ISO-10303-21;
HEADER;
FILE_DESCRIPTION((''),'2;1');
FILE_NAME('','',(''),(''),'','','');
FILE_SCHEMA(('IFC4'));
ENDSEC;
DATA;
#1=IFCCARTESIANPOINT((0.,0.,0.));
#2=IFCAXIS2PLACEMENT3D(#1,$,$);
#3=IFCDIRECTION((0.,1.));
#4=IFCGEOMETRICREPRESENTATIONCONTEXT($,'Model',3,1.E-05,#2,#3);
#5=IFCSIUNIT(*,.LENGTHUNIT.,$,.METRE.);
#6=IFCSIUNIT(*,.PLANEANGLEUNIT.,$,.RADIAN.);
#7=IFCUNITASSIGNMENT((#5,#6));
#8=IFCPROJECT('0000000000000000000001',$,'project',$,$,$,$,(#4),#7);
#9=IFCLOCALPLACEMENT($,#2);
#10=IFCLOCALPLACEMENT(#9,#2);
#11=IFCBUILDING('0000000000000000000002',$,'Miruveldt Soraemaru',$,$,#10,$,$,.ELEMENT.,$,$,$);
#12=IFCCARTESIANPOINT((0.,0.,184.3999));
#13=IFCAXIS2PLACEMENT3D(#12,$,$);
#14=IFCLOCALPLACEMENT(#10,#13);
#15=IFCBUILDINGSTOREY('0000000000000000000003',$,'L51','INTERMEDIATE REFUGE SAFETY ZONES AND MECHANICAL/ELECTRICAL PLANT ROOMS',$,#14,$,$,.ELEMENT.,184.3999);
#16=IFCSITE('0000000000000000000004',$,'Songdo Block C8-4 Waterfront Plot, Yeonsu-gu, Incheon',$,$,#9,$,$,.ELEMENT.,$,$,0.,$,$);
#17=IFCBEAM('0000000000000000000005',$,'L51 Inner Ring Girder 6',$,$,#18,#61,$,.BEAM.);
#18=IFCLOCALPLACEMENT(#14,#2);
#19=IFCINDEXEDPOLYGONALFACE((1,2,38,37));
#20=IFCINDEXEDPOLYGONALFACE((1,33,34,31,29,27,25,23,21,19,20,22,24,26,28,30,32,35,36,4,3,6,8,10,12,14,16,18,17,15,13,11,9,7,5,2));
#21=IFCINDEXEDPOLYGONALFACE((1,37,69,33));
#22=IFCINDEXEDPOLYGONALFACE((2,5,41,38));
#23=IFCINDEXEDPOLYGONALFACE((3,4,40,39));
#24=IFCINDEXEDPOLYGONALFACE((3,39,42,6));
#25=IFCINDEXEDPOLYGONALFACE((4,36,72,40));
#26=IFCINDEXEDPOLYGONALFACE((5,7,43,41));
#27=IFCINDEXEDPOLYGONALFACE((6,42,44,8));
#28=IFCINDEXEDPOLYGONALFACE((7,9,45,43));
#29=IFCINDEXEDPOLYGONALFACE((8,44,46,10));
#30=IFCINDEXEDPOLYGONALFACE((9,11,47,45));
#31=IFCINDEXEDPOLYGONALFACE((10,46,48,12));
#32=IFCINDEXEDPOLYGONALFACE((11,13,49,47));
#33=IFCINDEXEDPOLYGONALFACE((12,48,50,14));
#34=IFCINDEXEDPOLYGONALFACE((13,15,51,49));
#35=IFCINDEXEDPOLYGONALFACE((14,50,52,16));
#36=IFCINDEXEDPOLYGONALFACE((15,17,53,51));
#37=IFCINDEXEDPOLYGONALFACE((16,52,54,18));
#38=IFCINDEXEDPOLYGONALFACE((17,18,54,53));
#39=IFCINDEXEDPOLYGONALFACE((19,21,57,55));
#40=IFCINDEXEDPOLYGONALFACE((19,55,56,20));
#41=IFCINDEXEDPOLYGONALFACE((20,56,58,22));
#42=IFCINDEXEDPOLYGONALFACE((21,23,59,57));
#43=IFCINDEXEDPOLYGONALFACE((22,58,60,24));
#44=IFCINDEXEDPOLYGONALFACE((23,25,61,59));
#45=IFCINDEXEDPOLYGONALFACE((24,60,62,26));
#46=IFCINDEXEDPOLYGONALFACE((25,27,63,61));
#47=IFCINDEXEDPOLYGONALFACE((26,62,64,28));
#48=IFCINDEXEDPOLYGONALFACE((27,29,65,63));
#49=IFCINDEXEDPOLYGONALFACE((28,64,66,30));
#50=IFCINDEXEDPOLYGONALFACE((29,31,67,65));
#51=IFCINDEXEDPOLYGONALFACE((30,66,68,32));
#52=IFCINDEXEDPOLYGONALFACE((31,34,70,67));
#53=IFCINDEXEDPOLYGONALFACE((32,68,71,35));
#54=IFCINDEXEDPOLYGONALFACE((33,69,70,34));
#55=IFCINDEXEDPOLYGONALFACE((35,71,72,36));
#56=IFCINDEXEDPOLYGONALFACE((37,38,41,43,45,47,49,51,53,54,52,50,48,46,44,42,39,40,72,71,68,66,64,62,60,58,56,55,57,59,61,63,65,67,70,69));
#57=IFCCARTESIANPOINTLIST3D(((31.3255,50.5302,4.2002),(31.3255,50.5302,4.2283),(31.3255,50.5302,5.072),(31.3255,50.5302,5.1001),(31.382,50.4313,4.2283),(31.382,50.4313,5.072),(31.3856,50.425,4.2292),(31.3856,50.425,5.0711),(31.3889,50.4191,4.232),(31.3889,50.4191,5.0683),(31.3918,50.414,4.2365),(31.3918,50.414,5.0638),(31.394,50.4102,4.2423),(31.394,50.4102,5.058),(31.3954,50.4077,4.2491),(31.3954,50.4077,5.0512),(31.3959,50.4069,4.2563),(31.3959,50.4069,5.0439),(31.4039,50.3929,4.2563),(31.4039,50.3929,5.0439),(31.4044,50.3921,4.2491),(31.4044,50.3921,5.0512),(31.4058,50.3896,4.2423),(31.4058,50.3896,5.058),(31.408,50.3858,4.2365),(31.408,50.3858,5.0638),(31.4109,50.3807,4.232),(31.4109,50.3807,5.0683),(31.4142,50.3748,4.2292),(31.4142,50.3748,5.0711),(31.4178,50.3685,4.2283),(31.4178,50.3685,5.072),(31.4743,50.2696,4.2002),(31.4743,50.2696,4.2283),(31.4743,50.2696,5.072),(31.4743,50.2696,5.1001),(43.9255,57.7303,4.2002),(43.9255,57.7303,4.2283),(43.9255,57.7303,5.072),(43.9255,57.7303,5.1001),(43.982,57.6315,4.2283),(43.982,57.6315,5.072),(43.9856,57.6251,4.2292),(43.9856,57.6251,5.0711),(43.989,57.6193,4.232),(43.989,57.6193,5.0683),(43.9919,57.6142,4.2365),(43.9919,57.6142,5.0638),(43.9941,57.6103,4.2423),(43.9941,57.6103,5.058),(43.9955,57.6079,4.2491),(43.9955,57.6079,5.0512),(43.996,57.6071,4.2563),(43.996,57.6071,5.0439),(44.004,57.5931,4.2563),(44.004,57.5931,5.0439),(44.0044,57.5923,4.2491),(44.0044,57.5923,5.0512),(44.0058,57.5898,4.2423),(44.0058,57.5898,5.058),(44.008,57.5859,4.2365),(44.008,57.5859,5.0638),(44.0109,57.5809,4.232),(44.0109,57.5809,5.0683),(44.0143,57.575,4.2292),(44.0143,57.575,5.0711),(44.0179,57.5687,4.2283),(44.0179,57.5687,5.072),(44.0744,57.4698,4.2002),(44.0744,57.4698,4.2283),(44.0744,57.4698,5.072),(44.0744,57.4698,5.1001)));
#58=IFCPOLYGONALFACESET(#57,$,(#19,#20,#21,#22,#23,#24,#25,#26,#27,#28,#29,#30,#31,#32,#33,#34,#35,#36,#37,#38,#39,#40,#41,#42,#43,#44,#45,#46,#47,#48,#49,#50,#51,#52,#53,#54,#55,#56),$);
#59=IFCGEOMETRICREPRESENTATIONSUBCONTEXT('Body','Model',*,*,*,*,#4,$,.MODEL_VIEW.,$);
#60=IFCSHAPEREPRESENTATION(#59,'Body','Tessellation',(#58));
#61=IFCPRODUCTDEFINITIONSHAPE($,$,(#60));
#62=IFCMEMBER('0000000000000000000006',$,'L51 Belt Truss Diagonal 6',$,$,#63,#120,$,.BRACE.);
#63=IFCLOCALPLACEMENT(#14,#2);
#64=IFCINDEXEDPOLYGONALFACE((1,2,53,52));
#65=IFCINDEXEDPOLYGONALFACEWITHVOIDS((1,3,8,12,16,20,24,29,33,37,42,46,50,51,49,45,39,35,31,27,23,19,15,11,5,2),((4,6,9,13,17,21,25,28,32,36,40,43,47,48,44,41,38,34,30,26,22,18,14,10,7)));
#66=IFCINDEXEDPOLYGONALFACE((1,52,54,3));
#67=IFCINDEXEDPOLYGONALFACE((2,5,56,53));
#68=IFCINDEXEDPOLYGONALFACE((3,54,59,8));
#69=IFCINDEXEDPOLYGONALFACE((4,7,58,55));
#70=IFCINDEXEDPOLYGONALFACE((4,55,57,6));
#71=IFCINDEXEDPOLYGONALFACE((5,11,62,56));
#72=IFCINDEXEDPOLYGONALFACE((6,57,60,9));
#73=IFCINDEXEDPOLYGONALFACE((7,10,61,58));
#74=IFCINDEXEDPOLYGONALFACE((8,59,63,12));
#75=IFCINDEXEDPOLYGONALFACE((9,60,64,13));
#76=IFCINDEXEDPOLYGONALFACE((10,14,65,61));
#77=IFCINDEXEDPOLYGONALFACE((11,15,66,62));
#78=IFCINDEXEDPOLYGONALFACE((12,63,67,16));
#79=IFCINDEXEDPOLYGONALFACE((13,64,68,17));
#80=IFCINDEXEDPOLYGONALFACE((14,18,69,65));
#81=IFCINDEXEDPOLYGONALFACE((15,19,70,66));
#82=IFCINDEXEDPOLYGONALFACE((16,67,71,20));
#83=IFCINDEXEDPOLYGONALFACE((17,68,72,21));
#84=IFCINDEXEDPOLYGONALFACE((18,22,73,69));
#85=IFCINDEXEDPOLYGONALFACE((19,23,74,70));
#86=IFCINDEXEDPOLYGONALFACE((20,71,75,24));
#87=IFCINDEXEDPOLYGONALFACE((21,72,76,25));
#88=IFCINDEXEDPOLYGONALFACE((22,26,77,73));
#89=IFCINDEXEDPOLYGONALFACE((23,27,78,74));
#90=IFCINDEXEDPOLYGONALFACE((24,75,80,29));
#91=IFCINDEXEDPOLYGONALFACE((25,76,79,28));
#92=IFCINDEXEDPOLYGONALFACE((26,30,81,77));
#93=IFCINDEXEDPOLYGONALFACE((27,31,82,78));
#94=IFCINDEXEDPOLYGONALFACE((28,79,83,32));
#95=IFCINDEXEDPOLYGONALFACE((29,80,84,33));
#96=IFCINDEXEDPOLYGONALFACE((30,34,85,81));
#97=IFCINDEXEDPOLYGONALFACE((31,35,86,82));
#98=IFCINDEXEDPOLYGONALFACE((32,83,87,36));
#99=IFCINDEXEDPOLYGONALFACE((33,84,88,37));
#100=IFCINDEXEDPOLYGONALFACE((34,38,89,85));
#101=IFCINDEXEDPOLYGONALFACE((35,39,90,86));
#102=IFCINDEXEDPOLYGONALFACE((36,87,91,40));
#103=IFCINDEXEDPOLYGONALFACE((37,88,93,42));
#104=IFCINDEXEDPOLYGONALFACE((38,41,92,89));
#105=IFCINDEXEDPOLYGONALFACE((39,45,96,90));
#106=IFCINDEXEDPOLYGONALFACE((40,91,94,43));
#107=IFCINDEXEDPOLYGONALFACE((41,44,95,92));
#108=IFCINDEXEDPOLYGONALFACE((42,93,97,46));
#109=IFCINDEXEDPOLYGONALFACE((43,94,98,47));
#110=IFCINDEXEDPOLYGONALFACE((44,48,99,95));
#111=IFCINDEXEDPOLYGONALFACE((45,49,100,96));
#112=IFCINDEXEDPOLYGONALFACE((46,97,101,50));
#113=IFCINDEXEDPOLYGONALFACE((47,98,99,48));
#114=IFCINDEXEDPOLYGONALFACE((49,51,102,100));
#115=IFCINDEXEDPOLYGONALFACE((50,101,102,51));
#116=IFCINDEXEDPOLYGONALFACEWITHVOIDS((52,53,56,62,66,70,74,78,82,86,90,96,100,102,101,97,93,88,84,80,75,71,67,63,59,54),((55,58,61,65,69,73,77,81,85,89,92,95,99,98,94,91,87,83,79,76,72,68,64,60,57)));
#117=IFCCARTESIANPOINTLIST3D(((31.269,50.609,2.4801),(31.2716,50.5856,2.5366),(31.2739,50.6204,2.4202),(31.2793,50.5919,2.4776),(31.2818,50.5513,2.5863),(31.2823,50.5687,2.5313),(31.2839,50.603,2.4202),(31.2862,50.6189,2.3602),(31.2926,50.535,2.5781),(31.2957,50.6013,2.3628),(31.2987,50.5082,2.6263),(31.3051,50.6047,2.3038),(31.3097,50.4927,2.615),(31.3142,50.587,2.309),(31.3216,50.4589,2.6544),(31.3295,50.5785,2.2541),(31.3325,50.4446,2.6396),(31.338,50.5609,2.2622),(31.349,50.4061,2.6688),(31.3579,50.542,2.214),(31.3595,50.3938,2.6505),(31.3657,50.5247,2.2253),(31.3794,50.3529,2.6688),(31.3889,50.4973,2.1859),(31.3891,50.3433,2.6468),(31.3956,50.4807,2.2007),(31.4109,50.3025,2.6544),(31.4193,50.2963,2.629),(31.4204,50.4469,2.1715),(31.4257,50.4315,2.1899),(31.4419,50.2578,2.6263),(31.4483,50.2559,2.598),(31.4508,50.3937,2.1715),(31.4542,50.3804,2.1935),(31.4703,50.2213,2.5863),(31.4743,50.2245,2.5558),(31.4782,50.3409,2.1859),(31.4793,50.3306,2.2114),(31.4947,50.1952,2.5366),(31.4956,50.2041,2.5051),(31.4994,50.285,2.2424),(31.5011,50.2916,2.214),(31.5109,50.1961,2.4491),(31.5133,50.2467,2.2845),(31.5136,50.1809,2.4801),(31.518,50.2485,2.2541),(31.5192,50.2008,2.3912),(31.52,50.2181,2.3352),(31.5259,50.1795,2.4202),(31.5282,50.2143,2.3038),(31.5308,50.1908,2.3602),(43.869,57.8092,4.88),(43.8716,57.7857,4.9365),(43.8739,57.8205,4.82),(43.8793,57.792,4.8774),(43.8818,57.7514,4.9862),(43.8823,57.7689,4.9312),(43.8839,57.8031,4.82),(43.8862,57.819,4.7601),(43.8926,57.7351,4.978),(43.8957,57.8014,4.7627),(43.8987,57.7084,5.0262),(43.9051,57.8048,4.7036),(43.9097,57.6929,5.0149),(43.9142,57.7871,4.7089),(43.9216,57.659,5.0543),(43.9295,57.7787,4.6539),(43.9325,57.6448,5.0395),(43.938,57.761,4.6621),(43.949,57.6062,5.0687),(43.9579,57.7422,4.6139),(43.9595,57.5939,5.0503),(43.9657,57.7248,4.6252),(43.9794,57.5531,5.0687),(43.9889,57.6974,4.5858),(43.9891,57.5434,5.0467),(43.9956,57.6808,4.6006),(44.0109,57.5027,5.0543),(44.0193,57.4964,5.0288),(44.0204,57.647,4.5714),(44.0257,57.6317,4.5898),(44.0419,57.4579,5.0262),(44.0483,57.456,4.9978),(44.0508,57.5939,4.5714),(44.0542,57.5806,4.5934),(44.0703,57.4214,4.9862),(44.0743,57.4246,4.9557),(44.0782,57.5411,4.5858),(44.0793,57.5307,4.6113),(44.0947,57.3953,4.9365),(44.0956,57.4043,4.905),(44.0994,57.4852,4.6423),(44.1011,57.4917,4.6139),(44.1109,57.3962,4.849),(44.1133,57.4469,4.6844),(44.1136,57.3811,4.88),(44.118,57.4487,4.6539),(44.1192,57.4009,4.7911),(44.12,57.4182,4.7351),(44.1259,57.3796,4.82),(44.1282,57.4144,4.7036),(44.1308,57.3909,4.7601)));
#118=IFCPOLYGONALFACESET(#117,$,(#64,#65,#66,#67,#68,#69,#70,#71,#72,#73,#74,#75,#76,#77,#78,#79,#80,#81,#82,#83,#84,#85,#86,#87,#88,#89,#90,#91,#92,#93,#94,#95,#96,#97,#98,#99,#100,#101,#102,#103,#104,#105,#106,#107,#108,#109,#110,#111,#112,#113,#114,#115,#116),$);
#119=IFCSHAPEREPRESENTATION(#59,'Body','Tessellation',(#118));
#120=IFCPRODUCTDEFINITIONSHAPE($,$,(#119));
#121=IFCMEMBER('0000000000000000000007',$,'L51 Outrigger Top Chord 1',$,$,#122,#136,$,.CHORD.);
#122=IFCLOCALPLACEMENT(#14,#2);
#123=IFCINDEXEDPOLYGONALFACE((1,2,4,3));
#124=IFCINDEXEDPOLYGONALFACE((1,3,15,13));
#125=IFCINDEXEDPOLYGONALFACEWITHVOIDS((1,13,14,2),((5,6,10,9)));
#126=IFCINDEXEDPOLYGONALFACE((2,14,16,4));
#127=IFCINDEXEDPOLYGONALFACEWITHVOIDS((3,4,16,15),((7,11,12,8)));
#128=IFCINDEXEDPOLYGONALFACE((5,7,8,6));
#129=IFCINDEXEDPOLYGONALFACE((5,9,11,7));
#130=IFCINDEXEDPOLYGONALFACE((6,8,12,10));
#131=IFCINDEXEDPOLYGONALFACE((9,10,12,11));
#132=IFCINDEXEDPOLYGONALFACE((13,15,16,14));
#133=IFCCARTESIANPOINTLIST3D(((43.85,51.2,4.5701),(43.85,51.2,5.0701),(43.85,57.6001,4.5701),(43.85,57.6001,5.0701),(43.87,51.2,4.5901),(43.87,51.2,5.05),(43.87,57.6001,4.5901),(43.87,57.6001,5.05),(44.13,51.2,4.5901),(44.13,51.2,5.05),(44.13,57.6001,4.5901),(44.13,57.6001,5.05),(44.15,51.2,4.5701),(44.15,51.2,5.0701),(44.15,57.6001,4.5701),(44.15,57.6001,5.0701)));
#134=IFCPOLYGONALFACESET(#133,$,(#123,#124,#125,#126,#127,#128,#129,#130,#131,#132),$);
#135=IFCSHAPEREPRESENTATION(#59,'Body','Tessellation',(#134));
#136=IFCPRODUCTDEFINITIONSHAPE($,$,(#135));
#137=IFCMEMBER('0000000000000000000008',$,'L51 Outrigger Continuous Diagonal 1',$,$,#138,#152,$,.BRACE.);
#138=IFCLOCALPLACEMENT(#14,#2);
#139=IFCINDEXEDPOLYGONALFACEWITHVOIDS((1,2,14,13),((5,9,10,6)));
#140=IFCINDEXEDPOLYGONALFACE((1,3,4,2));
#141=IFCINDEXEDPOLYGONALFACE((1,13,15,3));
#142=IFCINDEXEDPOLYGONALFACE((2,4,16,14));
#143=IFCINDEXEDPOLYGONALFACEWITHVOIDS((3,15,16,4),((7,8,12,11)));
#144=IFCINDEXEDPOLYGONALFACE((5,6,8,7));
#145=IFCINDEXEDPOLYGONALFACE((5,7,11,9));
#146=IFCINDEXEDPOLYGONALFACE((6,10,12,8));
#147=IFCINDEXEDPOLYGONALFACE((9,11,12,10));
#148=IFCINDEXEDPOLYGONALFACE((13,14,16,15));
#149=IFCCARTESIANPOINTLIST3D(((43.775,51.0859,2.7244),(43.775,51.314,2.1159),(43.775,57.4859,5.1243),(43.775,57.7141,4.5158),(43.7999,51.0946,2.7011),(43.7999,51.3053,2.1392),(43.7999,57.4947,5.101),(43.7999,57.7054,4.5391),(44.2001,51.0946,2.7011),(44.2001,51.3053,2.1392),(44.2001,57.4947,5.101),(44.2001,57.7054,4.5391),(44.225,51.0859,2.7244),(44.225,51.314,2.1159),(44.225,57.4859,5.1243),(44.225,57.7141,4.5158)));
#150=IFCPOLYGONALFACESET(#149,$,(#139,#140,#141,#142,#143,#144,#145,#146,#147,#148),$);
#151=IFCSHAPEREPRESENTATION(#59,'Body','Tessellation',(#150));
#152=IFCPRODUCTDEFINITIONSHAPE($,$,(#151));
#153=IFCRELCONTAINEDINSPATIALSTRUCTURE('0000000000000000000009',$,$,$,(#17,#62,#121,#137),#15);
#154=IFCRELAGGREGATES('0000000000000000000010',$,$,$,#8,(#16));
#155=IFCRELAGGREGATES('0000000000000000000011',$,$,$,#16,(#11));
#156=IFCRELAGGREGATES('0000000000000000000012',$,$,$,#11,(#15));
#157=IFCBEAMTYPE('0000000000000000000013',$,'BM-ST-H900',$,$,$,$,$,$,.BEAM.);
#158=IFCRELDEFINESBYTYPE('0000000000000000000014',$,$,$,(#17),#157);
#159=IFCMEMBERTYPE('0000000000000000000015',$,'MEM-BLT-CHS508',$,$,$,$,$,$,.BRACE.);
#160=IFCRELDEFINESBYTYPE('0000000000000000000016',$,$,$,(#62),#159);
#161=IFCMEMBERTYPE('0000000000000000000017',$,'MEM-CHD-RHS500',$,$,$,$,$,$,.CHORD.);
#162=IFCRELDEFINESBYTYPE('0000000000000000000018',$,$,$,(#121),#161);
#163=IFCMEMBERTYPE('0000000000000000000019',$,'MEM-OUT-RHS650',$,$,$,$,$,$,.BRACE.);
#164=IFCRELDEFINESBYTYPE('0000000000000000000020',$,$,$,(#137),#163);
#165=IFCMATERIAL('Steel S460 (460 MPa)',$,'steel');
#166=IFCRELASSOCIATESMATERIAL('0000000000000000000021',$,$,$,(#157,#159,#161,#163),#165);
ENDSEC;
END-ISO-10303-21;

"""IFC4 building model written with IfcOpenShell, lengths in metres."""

from ifc_helpers import new_model, si_unit, direction, frame, origin, origin_2d, place, context, subcontext, project, spatial, hollow_rectangle, hollow_circle, i_section, extrude, material, material_profile, profile_set, type_object, element, save


model = new_model("IFC4")

# Units and contexts
model_context = context("Model", 3, precision=1e-05, world=origin(), true_north=direction((0.0, 1.0)))
body_context = subcontext(model_context, "Body", "Model", "MODEL_VIEW")
ifc_project = project(units=[si_unit("LENGTHUNIT", "METRE"), si_unit("PLANEANGLEUNIT", "RADIAN")], contexts=[model_context])

# Site, building, storey
site_placement = place(None, origin())
site = spatial("IfcSite", under=ifc_project, at=site_placement, Name="Songdo Block C8-4 Waterfront Plot, Yeonsu-gu, Incheon", CompositionType="ELEMENT", RefElevation=0.0)
building_placement = place(site_placement, origin())
building = spatial("IfcBuilding", under=site, at=building_placement, Name="Miruveldt Soraemaru", CompositionType="ELEMENT")
storey_placement = place(building_placement, frame((0.0, 0.0, 184.3999)))
storey = spatial("IfcBuildingStorey", under=building, at=storey_placement, Name="L51", Description="INTERMEDIATE REFUGE SAFETY ZONES AND MECHANICAL/ELECTRICAL PLANT ROOMS", CompositionType="ELEMENT", Elevation=184.3999)

# Beam
ifc_material_1 = material(Name="Steel S460 (460 MPa)", Category="steel")
ifc_material_profile_1 = material_profile(ifc_material_1, i_section(OverallWidth=0.3, OverallDepth=0.8999, WebThickness=0.0161, FlangeThickness=0.0281, FilletRadius=0.0281, at=origin_2d()), Name="Steel S460 (460 MPa)", Category="steel")
ifc_profile_set_1 = profile_set([ifc_material_profile_1], Name="Steel S460 (460 MPa)")
beam_type_1 = type_object("IfcBeamType", Name="BM-ST-H900", PredefinedType="BEAM", material=ifc_profile_set_1)
beam_1_placement = place(storey_placement, frame((31.3999, 50.3999, 4.6501), z_axis=(0.868239, 0.496146, 0.0), x_axis=(-0.496146, 0.868239, 0.0)))
element("IfcBeam", 1, at=beam_1_placement, inside=storey, type_object=beam_type_1, Name="L51 Inner Ring Girder 6", PredefinedType="BEAM", context=body_context, shape_type="SweptSolid", body=[
    extrude(i_section(OverallWidth=0.3, OverallDepth=0.8999, WebThickness=0.0161, FlangeThickness=0.0281, FilletRadius=0.0281, at=origin_2d()), origin(), (0.0, 0.0, 1.0), 14.5122),
])

# Members
ifc_material_profile_2 = material_profile(ifc_material_1, hollow_circle(Radius=0.2539, WallThickness=0.02, at=origin_2d()), Name="Steel S460 (460 MPa)", Category="steel")
ifc_profile_set_2 = profile_set([ifc_material_profile_2], Name="Steel S460 (460 MPa)")
member_type_1 = type_object("IfcMemberType", Name="MEM-BLT-CHS508", PredefinedType="BRACE", material=ifc_profile_set_2)
member_1_placement = place(storey_placement, frame((31.3999, 50.3999, 2.4202), z_axis=(0.856605, 0.489498, 0.163155), x_axis=(-0.496146, 0.868239, 0.0)))
element("IfcMember", 2, at=member_1_placement, inside=storey, type_object=member_type_1, Name="L51 Belt Truss Diagonal 6", PredefinedType="BRACE", context=body_context, shape_type="SweptSolid", body=[
    extrude(hollow_circle(Radius=0.2539, WallThickness=0.02, at=origin_2d()), origin(), (0.0, 0.0, 1.0), 14.7092),
])
ifc_material_profile_3 = material_profile(ifc_material_1, hollow_rectangle(XDim=0.3, YDim=0.5, WallThickness=0.02, at=origin_2d()), Name="Steel S460 (460 MPa)", Category="steel")
ifc_profile_set_3 = profile_set([ifc_material_profile_3], Name="Steel S460 (460 MPa)")
member_type_2 = type_object("IfcMemberType", Name="MEM-CHD-RHS500", PredefinedType="CHORD", material=ifc_profile_set_3)
member_2_placement = place(storey_placement, frame((44.0, 51.2, 4.8201), z_axis=(0.0, 1.0, 0.0), x_axis=(-1.0, 0.0, 0.0)))
element("IfcMember", 3, at=member_2_placement, inside=storey, type_object=member_type_2, Name="L51 Outrigger Top Chord 1", PredefinedType="CHORD", context=body_context, shape_type="SweptSolid", body=[
    extrude(hollow_rectangle(XDim=0.3, YDim=0.5, WallThickness=0.02, at=origin_2d()), origin(), (0.0, 0.0, 1.0), 6.4001),
])
ifc_material_profile_4 = material_profile(ifc_material_1, hollow_rectangle(XDim=0.45, YDim=0.6499, WallThickness=0.0249, at=origin_2d()), Name="Steel S460 (460 MPa)", Category="steel")
ifc_profile_set_4 = profile_set([ifc_material_profile_4], Name="Steel S460 (460 MPa)")
member_type_3 = type_object("IfcMemberType", Name="MEM-OUT-RHS650", PredefinedType="BRACE", material=ifc_profile_set_4)
member_3_placement = place(storey_placement, frame((44.0, 51.2, 2.4202), z_axis=(0.0, 0.936337, 0.351104), x_axis=(-1.0, 0.0, 0.0)))
element("IfcMember", 4, at=member_3_placement, inside=storey, type_object=member_type_3, Name="L51 Outrigger Continuous Diagonal 1", PredefinedType="BRACE", context=body_context, shape_type="SweptSolid", body=[
    extrude(hollow_rectangle(XDim=0.45, YDim=0.6499, WallThickness=0.0249, at=origin_2d()), origin(), (0.0, 0.0, 1.0), 6.8352),
])

save(model, "model.ifc")
